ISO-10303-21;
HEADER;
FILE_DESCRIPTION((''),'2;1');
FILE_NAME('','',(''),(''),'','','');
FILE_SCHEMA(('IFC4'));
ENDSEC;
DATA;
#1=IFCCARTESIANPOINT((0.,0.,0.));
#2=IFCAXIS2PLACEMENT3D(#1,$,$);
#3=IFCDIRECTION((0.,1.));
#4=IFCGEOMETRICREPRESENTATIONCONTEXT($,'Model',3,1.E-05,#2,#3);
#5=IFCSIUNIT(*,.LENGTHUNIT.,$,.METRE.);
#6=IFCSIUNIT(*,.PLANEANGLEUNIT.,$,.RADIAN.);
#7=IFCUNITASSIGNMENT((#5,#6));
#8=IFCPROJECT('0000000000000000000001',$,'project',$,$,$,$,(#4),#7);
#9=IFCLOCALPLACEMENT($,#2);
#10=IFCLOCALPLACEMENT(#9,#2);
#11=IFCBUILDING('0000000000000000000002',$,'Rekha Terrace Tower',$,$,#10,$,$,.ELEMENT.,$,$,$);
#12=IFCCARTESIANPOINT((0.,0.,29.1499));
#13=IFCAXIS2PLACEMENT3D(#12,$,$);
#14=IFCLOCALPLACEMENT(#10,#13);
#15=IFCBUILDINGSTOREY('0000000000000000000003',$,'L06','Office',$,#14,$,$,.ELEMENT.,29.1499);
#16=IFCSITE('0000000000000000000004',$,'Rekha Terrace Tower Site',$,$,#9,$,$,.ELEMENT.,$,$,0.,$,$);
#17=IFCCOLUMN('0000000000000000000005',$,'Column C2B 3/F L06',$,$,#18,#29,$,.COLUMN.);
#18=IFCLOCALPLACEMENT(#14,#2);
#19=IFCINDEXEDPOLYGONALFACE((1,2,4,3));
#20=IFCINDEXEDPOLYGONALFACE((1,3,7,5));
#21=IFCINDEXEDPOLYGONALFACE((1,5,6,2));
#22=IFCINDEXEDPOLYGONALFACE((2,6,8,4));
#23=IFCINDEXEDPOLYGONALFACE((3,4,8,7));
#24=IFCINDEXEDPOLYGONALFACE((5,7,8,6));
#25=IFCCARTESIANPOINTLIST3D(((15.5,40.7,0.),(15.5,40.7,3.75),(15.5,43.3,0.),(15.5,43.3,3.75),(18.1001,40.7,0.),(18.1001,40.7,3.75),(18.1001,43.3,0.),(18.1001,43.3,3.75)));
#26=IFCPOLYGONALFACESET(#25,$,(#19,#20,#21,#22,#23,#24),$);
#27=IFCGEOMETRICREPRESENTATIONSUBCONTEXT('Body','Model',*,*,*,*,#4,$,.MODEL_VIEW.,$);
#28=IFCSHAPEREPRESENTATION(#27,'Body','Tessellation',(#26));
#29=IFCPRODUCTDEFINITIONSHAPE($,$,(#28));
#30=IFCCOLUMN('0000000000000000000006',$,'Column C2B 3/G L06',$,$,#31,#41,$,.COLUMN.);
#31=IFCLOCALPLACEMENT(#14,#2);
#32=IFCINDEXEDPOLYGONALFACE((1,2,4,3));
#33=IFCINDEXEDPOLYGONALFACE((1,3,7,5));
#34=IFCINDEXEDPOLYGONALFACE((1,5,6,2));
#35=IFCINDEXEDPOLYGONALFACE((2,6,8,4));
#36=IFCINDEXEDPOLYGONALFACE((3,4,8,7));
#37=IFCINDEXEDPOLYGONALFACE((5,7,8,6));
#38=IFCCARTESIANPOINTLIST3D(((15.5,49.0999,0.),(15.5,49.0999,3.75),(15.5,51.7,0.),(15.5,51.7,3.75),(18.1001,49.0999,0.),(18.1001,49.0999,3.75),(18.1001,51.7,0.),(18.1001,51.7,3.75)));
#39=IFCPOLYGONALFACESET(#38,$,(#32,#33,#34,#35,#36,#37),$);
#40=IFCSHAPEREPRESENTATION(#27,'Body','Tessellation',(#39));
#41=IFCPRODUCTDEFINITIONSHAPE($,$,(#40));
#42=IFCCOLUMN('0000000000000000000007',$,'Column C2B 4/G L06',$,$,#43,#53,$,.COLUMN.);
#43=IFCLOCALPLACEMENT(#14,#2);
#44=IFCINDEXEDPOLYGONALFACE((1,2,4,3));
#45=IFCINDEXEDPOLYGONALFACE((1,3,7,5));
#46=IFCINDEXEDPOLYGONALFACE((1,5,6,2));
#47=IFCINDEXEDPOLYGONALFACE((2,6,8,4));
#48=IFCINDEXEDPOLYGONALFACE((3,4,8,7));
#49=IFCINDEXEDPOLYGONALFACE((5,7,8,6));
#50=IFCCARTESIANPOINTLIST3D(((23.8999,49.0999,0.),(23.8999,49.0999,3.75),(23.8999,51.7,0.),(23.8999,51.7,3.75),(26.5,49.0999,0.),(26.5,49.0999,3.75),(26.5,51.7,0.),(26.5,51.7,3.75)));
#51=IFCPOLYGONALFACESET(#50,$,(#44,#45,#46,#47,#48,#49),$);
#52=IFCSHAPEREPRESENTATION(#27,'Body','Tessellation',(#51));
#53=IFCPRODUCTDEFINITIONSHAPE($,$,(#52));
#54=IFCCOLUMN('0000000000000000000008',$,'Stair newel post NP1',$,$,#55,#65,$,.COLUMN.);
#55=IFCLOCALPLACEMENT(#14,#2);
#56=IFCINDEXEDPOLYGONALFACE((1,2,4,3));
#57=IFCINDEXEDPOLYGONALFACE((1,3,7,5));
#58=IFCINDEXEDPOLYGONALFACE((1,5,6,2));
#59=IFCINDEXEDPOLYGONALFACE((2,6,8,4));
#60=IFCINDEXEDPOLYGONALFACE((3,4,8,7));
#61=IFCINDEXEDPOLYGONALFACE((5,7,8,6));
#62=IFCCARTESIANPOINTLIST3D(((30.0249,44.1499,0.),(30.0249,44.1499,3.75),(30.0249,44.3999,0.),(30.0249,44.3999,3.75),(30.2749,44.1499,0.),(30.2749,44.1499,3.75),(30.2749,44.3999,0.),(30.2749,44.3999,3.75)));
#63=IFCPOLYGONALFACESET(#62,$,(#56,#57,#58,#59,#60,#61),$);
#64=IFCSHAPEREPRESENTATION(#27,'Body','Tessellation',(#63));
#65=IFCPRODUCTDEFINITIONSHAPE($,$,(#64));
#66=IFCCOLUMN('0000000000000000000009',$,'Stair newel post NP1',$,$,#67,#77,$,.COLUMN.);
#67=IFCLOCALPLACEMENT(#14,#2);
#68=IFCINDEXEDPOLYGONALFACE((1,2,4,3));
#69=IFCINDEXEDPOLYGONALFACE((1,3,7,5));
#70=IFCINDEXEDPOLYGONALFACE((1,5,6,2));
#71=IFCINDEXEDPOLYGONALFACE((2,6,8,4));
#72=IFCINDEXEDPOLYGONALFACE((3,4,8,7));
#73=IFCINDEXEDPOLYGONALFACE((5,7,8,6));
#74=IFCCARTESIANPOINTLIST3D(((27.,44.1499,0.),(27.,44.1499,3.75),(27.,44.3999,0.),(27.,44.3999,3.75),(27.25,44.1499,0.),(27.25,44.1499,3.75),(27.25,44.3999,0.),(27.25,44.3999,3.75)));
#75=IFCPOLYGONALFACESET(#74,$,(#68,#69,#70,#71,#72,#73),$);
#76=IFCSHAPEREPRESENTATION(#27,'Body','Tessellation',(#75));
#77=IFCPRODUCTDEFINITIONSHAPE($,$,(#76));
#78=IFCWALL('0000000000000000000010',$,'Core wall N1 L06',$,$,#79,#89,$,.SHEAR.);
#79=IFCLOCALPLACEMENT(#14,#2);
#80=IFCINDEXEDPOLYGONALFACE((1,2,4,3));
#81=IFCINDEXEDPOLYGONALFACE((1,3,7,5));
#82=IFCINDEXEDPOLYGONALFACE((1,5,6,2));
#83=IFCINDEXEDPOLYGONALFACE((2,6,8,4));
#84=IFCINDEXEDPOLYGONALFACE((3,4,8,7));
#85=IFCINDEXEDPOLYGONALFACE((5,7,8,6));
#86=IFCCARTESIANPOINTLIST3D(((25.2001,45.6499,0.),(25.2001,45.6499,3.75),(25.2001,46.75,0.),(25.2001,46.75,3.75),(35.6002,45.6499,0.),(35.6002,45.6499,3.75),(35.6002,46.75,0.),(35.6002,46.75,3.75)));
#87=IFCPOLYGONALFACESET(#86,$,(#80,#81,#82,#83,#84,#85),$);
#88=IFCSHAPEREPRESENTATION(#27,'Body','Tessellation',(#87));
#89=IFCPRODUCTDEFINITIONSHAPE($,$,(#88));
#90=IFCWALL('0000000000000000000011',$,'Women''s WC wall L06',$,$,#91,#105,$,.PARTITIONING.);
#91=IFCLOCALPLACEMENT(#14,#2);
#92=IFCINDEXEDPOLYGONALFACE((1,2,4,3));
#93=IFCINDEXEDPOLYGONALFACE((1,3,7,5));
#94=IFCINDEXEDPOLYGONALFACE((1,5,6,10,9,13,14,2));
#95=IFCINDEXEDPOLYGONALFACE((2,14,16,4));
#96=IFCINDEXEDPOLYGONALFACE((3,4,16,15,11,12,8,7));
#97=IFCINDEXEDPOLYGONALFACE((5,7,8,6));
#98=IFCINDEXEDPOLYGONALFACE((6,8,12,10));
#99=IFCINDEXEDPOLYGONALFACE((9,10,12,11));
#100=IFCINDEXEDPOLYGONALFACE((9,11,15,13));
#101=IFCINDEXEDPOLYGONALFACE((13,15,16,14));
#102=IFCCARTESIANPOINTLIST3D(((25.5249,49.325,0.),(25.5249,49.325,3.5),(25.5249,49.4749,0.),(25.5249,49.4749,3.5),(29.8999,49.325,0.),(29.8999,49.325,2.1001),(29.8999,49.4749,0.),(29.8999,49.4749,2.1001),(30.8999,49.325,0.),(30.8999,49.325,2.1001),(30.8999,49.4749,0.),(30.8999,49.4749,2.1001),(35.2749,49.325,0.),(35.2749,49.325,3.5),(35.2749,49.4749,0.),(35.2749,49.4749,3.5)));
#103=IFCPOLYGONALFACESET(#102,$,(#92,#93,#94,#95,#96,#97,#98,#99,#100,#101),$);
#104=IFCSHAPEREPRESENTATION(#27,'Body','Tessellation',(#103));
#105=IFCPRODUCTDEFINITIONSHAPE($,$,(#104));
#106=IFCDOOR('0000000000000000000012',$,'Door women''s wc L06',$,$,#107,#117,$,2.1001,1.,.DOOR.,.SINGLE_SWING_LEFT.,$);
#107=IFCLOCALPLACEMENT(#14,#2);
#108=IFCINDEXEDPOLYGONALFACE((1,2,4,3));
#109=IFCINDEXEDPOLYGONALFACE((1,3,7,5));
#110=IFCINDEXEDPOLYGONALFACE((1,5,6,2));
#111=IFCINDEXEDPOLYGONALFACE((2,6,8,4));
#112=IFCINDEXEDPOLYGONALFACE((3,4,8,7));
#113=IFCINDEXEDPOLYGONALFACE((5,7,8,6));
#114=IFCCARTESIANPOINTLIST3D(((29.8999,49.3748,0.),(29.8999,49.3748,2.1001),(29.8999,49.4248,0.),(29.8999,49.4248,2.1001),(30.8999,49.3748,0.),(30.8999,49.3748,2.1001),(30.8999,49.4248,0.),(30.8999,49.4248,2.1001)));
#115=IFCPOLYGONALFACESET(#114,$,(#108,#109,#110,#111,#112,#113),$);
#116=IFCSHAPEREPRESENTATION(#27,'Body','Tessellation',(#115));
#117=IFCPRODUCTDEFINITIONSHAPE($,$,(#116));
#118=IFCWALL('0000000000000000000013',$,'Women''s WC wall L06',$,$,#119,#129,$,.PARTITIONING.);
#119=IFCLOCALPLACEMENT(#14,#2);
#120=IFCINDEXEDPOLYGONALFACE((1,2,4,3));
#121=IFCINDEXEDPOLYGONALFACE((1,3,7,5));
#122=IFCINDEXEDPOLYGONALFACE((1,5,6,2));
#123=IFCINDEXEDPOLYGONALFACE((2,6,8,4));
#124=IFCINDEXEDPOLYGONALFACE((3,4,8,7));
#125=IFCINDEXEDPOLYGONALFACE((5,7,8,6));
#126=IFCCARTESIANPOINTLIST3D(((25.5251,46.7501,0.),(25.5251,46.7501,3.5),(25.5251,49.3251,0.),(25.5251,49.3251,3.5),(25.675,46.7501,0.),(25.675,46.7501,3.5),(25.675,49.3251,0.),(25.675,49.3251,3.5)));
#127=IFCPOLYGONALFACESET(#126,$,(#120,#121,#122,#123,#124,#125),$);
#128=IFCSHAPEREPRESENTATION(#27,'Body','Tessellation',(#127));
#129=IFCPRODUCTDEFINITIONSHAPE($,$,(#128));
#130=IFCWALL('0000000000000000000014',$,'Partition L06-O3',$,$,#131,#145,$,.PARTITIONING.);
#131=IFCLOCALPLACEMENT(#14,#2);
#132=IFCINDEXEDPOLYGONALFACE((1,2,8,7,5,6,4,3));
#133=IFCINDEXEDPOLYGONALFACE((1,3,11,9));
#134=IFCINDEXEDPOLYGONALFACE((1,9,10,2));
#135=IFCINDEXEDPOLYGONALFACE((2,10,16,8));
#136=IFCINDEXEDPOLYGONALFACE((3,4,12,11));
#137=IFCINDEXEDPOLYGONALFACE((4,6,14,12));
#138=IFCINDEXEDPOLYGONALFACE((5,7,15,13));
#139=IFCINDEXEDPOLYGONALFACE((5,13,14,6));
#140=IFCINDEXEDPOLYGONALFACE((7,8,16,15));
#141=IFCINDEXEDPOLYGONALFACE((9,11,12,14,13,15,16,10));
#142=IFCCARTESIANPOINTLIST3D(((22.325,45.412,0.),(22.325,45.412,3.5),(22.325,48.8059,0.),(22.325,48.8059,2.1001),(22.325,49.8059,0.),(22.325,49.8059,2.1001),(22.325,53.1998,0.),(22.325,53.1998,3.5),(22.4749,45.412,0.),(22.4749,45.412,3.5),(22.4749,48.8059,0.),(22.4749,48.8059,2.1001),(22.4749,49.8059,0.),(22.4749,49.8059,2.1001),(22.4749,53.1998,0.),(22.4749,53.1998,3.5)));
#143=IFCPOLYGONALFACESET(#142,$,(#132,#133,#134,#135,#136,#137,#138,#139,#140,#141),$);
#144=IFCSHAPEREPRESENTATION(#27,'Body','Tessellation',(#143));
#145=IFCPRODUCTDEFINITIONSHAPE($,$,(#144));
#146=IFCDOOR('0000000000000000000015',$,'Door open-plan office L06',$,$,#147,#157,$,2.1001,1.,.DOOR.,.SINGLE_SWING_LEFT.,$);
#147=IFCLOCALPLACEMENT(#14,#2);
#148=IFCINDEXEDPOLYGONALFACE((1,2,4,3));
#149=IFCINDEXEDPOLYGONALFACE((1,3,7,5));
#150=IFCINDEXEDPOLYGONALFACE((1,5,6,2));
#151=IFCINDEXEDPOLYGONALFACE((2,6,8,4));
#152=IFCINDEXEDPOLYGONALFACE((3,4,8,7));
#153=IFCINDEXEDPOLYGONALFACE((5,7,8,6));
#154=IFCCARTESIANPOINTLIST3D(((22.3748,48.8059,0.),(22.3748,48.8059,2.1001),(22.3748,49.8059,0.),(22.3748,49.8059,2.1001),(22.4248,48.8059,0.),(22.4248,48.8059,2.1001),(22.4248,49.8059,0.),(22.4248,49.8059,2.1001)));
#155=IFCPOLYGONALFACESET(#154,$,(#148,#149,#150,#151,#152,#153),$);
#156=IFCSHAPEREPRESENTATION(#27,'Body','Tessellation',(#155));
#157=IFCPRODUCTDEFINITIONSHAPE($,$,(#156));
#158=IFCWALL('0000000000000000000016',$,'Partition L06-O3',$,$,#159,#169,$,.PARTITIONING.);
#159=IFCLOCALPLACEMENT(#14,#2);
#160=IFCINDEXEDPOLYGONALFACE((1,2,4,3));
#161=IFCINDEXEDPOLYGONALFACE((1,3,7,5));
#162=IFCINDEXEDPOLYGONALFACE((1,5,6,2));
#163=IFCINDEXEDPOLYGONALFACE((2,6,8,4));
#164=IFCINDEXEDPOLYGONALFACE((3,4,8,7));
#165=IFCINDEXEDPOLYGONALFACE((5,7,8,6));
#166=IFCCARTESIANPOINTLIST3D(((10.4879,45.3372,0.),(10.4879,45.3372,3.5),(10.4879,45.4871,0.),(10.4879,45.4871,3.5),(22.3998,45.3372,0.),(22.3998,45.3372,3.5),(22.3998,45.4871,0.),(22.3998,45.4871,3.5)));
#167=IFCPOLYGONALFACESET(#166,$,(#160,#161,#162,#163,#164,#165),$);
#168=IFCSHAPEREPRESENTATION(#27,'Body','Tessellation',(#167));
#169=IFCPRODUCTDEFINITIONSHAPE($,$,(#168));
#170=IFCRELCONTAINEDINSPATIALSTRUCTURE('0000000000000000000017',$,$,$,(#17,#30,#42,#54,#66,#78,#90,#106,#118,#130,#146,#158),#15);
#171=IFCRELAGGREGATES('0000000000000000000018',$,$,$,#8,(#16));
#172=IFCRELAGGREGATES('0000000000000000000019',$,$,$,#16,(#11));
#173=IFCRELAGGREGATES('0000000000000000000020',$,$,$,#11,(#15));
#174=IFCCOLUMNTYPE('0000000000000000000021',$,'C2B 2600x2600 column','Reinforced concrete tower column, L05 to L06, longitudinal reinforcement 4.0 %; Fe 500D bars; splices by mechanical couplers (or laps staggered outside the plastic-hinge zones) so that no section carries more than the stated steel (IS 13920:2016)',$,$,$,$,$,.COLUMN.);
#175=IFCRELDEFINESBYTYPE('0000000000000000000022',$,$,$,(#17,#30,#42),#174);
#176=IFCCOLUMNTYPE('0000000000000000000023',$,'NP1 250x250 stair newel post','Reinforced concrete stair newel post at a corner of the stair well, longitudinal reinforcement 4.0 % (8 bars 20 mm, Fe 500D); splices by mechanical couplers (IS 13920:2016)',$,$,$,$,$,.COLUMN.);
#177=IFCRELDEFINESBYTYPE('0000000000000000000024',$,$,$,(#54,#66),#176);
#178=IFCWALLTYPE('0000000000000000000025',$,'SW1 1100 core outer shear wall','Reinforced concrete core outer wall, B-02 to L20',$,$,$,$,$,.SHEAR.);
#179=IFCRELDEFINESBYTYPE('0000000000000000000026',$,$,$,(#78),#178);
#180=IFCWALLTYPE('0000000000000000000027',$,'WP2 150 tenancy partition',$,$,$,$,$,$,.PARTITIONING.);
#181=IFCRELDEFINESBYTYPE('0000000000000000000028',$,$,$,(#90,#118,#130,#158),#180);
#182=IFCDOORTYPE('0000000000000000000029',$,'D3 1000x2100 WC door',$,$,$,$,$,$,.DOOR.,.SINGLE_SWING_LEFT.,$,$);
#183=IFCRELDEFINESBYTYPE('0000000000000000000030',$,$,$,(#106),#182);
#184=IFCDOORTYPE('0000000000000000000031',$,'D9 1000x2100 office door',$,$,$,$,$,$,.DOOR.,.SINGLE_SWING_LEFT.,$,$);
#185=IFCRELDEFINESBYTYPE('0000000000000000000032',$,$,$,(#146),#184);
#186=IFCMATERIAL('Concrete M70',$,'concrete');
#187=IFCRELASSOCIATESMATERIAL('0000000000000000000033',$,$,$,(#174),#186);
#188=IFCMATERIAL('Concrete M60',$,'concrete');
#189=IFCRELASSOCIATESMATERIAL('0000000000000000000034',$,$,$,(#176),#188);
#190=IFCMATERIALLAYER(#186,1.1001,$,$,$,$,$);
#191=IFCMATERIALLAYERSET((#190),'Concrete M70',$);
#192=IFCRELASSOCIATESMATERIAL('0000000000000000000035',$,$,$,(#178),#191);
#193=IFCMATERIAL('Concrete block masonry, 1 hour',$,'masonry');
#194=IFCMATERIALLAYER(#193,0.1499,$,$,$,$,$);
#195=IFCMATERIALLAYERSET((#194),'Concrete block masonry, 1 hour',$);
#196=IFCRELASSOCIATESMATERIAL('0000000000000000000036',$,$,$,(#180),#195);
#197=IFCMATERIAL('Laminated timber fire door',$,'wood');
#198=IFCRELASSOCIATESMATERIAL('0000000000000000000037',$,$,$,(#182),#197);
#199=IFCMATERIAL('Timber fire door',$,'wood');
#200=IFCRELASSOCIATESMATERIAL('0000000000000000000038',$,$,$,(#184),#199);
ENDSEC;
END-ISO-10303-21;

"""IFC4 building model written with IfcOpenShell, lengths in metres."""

from ifc_helpers import new_model, si_unit, direction, frame, frame_2d, origin, origin_2d, place, context, subcontext, project, spatial, rectangle, extrude, material, layer, layer_set, material_profile, profile_set, type_object, element, fill, save


model = new_model("IFC4")

# Units and contexts
model_context = context("Model", 3, precision=1e-05, world=origin(), true_north=direction((0.0, 1.0)))
body_context = subcontext(model_context, "Body", "Model", "MODEL_VIEW")
ifc_project = project(units=[si_unit("LENGTHUNIT", "METRE"), si_unit("PLANEANGLEUNIT", "RADIAN")], contexts=[model_context])

# Site, building, storey
site_placement = place(None, origin())
site = spatial("IfcSite", under=ifc_project, at=site_placement, Name="Rekha Terrace Tower Site", CompositionType="ELEMENT", RefElevation=0.0)
building_placement = place(site_placement, origin())
building = spatial("IfcBuilding", under=site, at=building_placement, Name="Rekha Terrace Tower", CompositionType="ELEMENT")
storey_placement = place(building_placement, frame((0.0, 0.0, 29.1499)))
storey = spatial("IfcBuildingStorey", under=building, at=storey_placement, Name="L06", Description="Office", CompositionType="ELEMENT", Elevation=29.1499)

# Columns
ifc_material_1 = material(Name="Concrete M70", Category="concrete")
ifc_material_profile_1 = material_profile(ifc_material_1, rectangle(XDim=2.6001, YDim=2.6001, at=origin_2d()), Name="RC 2600x2600")
ifc_profile_set_1 = profile_set([ifc_material_profile_1], Name="Concrete M70")
column_type_1 = type_object("IfcColumnType", Name="C2B 2600x2600 column", Description="Reinforced concrete tower column, L05 to L06, longitudinal reinforcement 4.0 %; Fe 500D bars; splices by mechanical couplers (or laps staggered outside the plastic-hinge zones) so that no section carries more than the stated steel (IS 13920:2016)", PredefinedType="COLUMN", material=ifc_profile_set_1)
for number, where, z_axis, x_axis, name in (
    (1, (16.8, 42.0, 0.0), (0.0, 0.0, 1.0), (1.0, 0.0, 0.0), "Column C2B 3/F L06"),
    (2, (16.8, 50.3999, 0.0), (0.0, 0.0, 1.0), (1.0, 0.0, 0.0), "Column C2B 3/G L06"),
    (3, (25.2, 50.3999, 0.0), (0.0, 0.0, 1.0), (1.0, 0.0, 0.0), "Column C2B 4/G L06"),
):
    element("IfcColumn", number, at=place(storey_placement, frame(where, z_axis=z_axis, x_axis=x_axis)), inside=storey, type_object=column_type_1, Name=name, PredefinedType="COLUMN", context=body_context, shape_type="SweptSolid", body=[
        extrude(rectangle(XDim=2.6001, YDim=2.6001, at=origin_2d()), origin(), (0.0, 0.0, 1.0), 3.75),
    ])
ifc_material_2 = material(Name="Concrete M60", Category="concrete")
ifc_material_profile_2 = material_profile(ifc_material_2, rectangle(XDim=0.25, YDim=0.25, at=origin_2d()), Name="RC 250x250")
ifc_profile_set_2 = profile_set([ifc_material_profile_2], Name="Concrete M60")
column_type_2 = type_object("IfcColumnType", Name="NP1 250x250 stair newel post", Description="Reinforced concrete stair newel post at a corner of the stair well, longitudinal reinforcement 4.0 % (8 bars 20 mm, Fe 500D); splices by mechanical couplers (IS 13920:2016)", PredefinedType="COLUMN", material=ifc_profile_set_2)
for number, where, z_axis, x_axis, name in (
    (4, (30.1499, 44.2749, 0.0), (0.0, 0.0, 1.0), (1.0, 0.0, 0.0), "Stair newel post NP1"),
    (5, (27.125, 44.2749, 0.0), (0.0, 0.0, 1.0), (1.0, 0.0, 0.0), "Stair newel post NP1"),
):
    element("IfcColumn", number, at=place(storey_placement, frame(where, z_axis=z_axis, x_axis=x_axis)), inside=storey, type_object=column_type_2, Name=name, PredefinedType="COLUMN", context=body_context, shape_type="SweptSolid", body=[
        extrude(rectangle(XDim=0.25, YDim=0.25, at=origin_2d()), origin(), (0.0, 0.0, 1.0), 3.75),
    ])

# Wall
ifc_layer_1 = layer(ifc_material_1, 1.1001)
ifc_layer_set_1 = layer_set([ifc_layer_1], Name="Concrete M70")
wall_type_1 = type_object("IfcWallType", Name="SW1 1100 core outer shear wall", Description="Reinforced concrete core outer wall, B-02 to L20", PredefinedType="SHEAR", material=ifc_layer_set_1)
wall_1_placement = place(storey_placement, frame((25.2, 46.2, 0.0), z_axis=(0.0, 0.0, 1.0), x_axis=(1.0, 0.0, 0.0)))
element("IfcWall", 6, at=wall_1_placement, inside=storey, type_object=wall_type_1, Name="Core wall N1 L06", PredefinedType="SHEAR", context=body_context, shape_type="SweptSolid", body=[
    extrude(rectangle(XDim=10.4001, YDim=1.1001, at=frame_2d((5.2002, 0.0))), origin(), (0.0, 0.0, 1.0), 3.75),
])

# Wall, opening, door
ifc_material_3 = material(Name="Concrete block masonry, 1 hour", Category="masonry")
ifc_layer_2 = layer(ifc_material_3, 0.1499)
ifc_layer_set_2 = layer_set([ifc_layer_2], Name="Concrete block masonry, 1 hour")
wall_type_2 = type_object("IfcWallType", Name="WP2 150 tenancy partition", PredefinedType="PARTITIONING", material=ifc_layer_set_2)
wall_2_placement = place(storey_placement, frame((25.5249, 49.3999, 0.0), z_axis=(0.0, 0.0, 1.0), x_axis=(1.0, 0.0, 0.0)))
wall_2 = element("IfcWall", 7, at=wall_2_placement, inside=storey, type_object=wall_type_2, Name="Women's WC wall L06", PredefinedType="PARTITIONING", context=body_context, shape_type="SweptSolid", body=[
    extrude(rectangle(XDim=9.75, YDim=0.1499, at=frame_2d((4.875, 0.0))), origin(), (0.0, 0.0, 1.0), 3.5),
])
opening_1_placement = place(wall_2_placement, frame((4.375, 0.0, 0.0)))
opening_1 = element("IfcOpeningElement", 8, at=opening_1_placement, cuts=wall_2, PredefinedType="OPENING", context=body_context, shape_type="SweptSolid", body=[
    extrude(rectangle(XDim=1.0, YDim=2.1001, at=frame_2d((0.5, 1.05))), frame((0.0, 0.085, 0.0), z_axis=(0.0, -1.0, 0.0), x_axis=(1.0, 0.0, 0.0)), (0.0, 0.0, 1.0), 0.1699),
])
ifc_material_4 = material(Name="Laminated timber fire door", Category="wood")
door_type_1 = type_object("IfcDoorType", Name="D3 1000x2100 WC door", OperationType="SINGLE_SWING_LEFT", PredefinedType="DOOR", material=ifc_material_4)
door_1_placement = place(opening_1_placement, origin())
door_1 = element("IfcDoor", 9, at=door_1_placement, inside=storey, type_object=door_type_1, Name="Door women's wc L06", OperationType="SINGLE_SWING_LEFT", OverallHeight=2.1001, OverallWidth=1.0, PredefinedType="DOOR", context=body_context, shape_type="SweptSolid", body=[
    extrude(rectangle(XDim=1.0, YDim=2.1001, at=frame_2d((0.5, 1.05))), frame((0.0, 0.0249, 0.0), z_axis=(0.0, -1.0, 0.0), x_axis=(1.0, 0.0, 0.0)), (0.0, 0.0, 1.0), 0.05),
])
fill(opening_1, door_1)

# Wall
wall_3_placement = place(storey_placement, frame((25.6001, 46.75, 0.0), z_axis=(0.0, 0.0, 1.0), x_axis=(0.0, 1.0, 0.0)))
element("IfcWall", 10, at=wall_3_placement, inside=storey, type_object=wall_type_2, Name="Women's WC wall L06", PredefinedType="PARTITIONING", context=body_context, shape_type="SweptSolid", body=[
    extrude(rectangle(XDim=2.575, YDim=0.1499, at=frame_2d((1.2876, 0.0))), origin(), (0.0, 0.0, 1.0), 3.5),
])

# Wall, opening, door
wall_4_placement = place(storey_placement, frame((22.3999, 53.2, 0.0), z_axis=(0.0, 0.0, 1.0), x_axis=(0.0, -1.0, 0.0)))
wall_4 = element("IfcWall", 11, at=wall_4_placement, inside=storey, type_object=wall_type_2, Name="Partition L06-O3", PredefinedType="PARTITIONING", context=body_context, shape_type="SweptSolid", body=[
    extrude(rectangle(XDim=7.7878, YDim=0.1499, at=frame_2d((3.894, 0.0))), origin(), (0.0, 0.0, 1.0), 3.5),
])
opening_2_placement = place(wall_4_placement, frame((3.394, 0.0, 0.0)))
opening_2 = element("IfcOpeningElement", 12, at=opening_2_placement, cuts=wall_4, PredefinedType="OPENING", context=body_context, shape_type="SweptSolid", body=[
    extrude(rectangle(XDim=1.0, YDim=2.1001, at=frame_2d((0.5, 1.05))), frame((0.0, 0.085, 0.0), z_axis=(0.0, -1.0, 0.0), x_axis=(1.0, 0.0, 0.0)), (0.0, 0.0, 1.0), 0.1699),
])
ifc_material_5 = material(Name="Timber fire door", Category="wood")
door_type_2 = type_object("IfcDoorType", Name="D9 1000x2100 office door", OperationType="SINGLE_SWING_LEFT", PredefinedType="DOOR", material=ifc_material_5)
door_2_placement = place(opening_2_placement, origin())
door_2 = element("IfcDoor", 13, at=door_2_placement, inside=storey, type_object=door_type_2, Name="Door open-plan office L06", OperationType="SINGLE_SWING_LEFT", OverallHeight=2.1001, OverallWidth=1.0, PredefinedType="DOOR", context=body_context, shape_type="SweptSolid", body=[
    extrude(rectangle(XDim=1.0, YDim=2.1001, at=frame_2d((0.5, 1.05))), frame((0.0, 0.0249, 0.0), z_axis=(0.0, -1.0, 0.0), x_axis=(1.0, 0.0, 0.0)), (0.0, 0.0, 1.0), 0.05),
])
fill(opening_2, door_2)

# Wall
wall_5_placement = place(storey_placement, frame((22.3999, 45.4121, 0.0), z_axis=(0.0, 0.0, 1.0), x_axis=(-1.0, 0.0, 0.0)))
element("IfcWall", 14, at=wall_5_placement, inside=storey, type_object=wall_type_2, Name="Partition L06-O3", PredefinedType="PARTITIONING", context=body_context, shape_type="SweptSolid", body=[
    extrude(rectangle(XDim=11.9119, YDim=0.1499, at=frame_2d((5.9561, 0.0))), origin(), (0.0, 0.0, 1.0), 3.5),
])

save(model, "model.ifc")
